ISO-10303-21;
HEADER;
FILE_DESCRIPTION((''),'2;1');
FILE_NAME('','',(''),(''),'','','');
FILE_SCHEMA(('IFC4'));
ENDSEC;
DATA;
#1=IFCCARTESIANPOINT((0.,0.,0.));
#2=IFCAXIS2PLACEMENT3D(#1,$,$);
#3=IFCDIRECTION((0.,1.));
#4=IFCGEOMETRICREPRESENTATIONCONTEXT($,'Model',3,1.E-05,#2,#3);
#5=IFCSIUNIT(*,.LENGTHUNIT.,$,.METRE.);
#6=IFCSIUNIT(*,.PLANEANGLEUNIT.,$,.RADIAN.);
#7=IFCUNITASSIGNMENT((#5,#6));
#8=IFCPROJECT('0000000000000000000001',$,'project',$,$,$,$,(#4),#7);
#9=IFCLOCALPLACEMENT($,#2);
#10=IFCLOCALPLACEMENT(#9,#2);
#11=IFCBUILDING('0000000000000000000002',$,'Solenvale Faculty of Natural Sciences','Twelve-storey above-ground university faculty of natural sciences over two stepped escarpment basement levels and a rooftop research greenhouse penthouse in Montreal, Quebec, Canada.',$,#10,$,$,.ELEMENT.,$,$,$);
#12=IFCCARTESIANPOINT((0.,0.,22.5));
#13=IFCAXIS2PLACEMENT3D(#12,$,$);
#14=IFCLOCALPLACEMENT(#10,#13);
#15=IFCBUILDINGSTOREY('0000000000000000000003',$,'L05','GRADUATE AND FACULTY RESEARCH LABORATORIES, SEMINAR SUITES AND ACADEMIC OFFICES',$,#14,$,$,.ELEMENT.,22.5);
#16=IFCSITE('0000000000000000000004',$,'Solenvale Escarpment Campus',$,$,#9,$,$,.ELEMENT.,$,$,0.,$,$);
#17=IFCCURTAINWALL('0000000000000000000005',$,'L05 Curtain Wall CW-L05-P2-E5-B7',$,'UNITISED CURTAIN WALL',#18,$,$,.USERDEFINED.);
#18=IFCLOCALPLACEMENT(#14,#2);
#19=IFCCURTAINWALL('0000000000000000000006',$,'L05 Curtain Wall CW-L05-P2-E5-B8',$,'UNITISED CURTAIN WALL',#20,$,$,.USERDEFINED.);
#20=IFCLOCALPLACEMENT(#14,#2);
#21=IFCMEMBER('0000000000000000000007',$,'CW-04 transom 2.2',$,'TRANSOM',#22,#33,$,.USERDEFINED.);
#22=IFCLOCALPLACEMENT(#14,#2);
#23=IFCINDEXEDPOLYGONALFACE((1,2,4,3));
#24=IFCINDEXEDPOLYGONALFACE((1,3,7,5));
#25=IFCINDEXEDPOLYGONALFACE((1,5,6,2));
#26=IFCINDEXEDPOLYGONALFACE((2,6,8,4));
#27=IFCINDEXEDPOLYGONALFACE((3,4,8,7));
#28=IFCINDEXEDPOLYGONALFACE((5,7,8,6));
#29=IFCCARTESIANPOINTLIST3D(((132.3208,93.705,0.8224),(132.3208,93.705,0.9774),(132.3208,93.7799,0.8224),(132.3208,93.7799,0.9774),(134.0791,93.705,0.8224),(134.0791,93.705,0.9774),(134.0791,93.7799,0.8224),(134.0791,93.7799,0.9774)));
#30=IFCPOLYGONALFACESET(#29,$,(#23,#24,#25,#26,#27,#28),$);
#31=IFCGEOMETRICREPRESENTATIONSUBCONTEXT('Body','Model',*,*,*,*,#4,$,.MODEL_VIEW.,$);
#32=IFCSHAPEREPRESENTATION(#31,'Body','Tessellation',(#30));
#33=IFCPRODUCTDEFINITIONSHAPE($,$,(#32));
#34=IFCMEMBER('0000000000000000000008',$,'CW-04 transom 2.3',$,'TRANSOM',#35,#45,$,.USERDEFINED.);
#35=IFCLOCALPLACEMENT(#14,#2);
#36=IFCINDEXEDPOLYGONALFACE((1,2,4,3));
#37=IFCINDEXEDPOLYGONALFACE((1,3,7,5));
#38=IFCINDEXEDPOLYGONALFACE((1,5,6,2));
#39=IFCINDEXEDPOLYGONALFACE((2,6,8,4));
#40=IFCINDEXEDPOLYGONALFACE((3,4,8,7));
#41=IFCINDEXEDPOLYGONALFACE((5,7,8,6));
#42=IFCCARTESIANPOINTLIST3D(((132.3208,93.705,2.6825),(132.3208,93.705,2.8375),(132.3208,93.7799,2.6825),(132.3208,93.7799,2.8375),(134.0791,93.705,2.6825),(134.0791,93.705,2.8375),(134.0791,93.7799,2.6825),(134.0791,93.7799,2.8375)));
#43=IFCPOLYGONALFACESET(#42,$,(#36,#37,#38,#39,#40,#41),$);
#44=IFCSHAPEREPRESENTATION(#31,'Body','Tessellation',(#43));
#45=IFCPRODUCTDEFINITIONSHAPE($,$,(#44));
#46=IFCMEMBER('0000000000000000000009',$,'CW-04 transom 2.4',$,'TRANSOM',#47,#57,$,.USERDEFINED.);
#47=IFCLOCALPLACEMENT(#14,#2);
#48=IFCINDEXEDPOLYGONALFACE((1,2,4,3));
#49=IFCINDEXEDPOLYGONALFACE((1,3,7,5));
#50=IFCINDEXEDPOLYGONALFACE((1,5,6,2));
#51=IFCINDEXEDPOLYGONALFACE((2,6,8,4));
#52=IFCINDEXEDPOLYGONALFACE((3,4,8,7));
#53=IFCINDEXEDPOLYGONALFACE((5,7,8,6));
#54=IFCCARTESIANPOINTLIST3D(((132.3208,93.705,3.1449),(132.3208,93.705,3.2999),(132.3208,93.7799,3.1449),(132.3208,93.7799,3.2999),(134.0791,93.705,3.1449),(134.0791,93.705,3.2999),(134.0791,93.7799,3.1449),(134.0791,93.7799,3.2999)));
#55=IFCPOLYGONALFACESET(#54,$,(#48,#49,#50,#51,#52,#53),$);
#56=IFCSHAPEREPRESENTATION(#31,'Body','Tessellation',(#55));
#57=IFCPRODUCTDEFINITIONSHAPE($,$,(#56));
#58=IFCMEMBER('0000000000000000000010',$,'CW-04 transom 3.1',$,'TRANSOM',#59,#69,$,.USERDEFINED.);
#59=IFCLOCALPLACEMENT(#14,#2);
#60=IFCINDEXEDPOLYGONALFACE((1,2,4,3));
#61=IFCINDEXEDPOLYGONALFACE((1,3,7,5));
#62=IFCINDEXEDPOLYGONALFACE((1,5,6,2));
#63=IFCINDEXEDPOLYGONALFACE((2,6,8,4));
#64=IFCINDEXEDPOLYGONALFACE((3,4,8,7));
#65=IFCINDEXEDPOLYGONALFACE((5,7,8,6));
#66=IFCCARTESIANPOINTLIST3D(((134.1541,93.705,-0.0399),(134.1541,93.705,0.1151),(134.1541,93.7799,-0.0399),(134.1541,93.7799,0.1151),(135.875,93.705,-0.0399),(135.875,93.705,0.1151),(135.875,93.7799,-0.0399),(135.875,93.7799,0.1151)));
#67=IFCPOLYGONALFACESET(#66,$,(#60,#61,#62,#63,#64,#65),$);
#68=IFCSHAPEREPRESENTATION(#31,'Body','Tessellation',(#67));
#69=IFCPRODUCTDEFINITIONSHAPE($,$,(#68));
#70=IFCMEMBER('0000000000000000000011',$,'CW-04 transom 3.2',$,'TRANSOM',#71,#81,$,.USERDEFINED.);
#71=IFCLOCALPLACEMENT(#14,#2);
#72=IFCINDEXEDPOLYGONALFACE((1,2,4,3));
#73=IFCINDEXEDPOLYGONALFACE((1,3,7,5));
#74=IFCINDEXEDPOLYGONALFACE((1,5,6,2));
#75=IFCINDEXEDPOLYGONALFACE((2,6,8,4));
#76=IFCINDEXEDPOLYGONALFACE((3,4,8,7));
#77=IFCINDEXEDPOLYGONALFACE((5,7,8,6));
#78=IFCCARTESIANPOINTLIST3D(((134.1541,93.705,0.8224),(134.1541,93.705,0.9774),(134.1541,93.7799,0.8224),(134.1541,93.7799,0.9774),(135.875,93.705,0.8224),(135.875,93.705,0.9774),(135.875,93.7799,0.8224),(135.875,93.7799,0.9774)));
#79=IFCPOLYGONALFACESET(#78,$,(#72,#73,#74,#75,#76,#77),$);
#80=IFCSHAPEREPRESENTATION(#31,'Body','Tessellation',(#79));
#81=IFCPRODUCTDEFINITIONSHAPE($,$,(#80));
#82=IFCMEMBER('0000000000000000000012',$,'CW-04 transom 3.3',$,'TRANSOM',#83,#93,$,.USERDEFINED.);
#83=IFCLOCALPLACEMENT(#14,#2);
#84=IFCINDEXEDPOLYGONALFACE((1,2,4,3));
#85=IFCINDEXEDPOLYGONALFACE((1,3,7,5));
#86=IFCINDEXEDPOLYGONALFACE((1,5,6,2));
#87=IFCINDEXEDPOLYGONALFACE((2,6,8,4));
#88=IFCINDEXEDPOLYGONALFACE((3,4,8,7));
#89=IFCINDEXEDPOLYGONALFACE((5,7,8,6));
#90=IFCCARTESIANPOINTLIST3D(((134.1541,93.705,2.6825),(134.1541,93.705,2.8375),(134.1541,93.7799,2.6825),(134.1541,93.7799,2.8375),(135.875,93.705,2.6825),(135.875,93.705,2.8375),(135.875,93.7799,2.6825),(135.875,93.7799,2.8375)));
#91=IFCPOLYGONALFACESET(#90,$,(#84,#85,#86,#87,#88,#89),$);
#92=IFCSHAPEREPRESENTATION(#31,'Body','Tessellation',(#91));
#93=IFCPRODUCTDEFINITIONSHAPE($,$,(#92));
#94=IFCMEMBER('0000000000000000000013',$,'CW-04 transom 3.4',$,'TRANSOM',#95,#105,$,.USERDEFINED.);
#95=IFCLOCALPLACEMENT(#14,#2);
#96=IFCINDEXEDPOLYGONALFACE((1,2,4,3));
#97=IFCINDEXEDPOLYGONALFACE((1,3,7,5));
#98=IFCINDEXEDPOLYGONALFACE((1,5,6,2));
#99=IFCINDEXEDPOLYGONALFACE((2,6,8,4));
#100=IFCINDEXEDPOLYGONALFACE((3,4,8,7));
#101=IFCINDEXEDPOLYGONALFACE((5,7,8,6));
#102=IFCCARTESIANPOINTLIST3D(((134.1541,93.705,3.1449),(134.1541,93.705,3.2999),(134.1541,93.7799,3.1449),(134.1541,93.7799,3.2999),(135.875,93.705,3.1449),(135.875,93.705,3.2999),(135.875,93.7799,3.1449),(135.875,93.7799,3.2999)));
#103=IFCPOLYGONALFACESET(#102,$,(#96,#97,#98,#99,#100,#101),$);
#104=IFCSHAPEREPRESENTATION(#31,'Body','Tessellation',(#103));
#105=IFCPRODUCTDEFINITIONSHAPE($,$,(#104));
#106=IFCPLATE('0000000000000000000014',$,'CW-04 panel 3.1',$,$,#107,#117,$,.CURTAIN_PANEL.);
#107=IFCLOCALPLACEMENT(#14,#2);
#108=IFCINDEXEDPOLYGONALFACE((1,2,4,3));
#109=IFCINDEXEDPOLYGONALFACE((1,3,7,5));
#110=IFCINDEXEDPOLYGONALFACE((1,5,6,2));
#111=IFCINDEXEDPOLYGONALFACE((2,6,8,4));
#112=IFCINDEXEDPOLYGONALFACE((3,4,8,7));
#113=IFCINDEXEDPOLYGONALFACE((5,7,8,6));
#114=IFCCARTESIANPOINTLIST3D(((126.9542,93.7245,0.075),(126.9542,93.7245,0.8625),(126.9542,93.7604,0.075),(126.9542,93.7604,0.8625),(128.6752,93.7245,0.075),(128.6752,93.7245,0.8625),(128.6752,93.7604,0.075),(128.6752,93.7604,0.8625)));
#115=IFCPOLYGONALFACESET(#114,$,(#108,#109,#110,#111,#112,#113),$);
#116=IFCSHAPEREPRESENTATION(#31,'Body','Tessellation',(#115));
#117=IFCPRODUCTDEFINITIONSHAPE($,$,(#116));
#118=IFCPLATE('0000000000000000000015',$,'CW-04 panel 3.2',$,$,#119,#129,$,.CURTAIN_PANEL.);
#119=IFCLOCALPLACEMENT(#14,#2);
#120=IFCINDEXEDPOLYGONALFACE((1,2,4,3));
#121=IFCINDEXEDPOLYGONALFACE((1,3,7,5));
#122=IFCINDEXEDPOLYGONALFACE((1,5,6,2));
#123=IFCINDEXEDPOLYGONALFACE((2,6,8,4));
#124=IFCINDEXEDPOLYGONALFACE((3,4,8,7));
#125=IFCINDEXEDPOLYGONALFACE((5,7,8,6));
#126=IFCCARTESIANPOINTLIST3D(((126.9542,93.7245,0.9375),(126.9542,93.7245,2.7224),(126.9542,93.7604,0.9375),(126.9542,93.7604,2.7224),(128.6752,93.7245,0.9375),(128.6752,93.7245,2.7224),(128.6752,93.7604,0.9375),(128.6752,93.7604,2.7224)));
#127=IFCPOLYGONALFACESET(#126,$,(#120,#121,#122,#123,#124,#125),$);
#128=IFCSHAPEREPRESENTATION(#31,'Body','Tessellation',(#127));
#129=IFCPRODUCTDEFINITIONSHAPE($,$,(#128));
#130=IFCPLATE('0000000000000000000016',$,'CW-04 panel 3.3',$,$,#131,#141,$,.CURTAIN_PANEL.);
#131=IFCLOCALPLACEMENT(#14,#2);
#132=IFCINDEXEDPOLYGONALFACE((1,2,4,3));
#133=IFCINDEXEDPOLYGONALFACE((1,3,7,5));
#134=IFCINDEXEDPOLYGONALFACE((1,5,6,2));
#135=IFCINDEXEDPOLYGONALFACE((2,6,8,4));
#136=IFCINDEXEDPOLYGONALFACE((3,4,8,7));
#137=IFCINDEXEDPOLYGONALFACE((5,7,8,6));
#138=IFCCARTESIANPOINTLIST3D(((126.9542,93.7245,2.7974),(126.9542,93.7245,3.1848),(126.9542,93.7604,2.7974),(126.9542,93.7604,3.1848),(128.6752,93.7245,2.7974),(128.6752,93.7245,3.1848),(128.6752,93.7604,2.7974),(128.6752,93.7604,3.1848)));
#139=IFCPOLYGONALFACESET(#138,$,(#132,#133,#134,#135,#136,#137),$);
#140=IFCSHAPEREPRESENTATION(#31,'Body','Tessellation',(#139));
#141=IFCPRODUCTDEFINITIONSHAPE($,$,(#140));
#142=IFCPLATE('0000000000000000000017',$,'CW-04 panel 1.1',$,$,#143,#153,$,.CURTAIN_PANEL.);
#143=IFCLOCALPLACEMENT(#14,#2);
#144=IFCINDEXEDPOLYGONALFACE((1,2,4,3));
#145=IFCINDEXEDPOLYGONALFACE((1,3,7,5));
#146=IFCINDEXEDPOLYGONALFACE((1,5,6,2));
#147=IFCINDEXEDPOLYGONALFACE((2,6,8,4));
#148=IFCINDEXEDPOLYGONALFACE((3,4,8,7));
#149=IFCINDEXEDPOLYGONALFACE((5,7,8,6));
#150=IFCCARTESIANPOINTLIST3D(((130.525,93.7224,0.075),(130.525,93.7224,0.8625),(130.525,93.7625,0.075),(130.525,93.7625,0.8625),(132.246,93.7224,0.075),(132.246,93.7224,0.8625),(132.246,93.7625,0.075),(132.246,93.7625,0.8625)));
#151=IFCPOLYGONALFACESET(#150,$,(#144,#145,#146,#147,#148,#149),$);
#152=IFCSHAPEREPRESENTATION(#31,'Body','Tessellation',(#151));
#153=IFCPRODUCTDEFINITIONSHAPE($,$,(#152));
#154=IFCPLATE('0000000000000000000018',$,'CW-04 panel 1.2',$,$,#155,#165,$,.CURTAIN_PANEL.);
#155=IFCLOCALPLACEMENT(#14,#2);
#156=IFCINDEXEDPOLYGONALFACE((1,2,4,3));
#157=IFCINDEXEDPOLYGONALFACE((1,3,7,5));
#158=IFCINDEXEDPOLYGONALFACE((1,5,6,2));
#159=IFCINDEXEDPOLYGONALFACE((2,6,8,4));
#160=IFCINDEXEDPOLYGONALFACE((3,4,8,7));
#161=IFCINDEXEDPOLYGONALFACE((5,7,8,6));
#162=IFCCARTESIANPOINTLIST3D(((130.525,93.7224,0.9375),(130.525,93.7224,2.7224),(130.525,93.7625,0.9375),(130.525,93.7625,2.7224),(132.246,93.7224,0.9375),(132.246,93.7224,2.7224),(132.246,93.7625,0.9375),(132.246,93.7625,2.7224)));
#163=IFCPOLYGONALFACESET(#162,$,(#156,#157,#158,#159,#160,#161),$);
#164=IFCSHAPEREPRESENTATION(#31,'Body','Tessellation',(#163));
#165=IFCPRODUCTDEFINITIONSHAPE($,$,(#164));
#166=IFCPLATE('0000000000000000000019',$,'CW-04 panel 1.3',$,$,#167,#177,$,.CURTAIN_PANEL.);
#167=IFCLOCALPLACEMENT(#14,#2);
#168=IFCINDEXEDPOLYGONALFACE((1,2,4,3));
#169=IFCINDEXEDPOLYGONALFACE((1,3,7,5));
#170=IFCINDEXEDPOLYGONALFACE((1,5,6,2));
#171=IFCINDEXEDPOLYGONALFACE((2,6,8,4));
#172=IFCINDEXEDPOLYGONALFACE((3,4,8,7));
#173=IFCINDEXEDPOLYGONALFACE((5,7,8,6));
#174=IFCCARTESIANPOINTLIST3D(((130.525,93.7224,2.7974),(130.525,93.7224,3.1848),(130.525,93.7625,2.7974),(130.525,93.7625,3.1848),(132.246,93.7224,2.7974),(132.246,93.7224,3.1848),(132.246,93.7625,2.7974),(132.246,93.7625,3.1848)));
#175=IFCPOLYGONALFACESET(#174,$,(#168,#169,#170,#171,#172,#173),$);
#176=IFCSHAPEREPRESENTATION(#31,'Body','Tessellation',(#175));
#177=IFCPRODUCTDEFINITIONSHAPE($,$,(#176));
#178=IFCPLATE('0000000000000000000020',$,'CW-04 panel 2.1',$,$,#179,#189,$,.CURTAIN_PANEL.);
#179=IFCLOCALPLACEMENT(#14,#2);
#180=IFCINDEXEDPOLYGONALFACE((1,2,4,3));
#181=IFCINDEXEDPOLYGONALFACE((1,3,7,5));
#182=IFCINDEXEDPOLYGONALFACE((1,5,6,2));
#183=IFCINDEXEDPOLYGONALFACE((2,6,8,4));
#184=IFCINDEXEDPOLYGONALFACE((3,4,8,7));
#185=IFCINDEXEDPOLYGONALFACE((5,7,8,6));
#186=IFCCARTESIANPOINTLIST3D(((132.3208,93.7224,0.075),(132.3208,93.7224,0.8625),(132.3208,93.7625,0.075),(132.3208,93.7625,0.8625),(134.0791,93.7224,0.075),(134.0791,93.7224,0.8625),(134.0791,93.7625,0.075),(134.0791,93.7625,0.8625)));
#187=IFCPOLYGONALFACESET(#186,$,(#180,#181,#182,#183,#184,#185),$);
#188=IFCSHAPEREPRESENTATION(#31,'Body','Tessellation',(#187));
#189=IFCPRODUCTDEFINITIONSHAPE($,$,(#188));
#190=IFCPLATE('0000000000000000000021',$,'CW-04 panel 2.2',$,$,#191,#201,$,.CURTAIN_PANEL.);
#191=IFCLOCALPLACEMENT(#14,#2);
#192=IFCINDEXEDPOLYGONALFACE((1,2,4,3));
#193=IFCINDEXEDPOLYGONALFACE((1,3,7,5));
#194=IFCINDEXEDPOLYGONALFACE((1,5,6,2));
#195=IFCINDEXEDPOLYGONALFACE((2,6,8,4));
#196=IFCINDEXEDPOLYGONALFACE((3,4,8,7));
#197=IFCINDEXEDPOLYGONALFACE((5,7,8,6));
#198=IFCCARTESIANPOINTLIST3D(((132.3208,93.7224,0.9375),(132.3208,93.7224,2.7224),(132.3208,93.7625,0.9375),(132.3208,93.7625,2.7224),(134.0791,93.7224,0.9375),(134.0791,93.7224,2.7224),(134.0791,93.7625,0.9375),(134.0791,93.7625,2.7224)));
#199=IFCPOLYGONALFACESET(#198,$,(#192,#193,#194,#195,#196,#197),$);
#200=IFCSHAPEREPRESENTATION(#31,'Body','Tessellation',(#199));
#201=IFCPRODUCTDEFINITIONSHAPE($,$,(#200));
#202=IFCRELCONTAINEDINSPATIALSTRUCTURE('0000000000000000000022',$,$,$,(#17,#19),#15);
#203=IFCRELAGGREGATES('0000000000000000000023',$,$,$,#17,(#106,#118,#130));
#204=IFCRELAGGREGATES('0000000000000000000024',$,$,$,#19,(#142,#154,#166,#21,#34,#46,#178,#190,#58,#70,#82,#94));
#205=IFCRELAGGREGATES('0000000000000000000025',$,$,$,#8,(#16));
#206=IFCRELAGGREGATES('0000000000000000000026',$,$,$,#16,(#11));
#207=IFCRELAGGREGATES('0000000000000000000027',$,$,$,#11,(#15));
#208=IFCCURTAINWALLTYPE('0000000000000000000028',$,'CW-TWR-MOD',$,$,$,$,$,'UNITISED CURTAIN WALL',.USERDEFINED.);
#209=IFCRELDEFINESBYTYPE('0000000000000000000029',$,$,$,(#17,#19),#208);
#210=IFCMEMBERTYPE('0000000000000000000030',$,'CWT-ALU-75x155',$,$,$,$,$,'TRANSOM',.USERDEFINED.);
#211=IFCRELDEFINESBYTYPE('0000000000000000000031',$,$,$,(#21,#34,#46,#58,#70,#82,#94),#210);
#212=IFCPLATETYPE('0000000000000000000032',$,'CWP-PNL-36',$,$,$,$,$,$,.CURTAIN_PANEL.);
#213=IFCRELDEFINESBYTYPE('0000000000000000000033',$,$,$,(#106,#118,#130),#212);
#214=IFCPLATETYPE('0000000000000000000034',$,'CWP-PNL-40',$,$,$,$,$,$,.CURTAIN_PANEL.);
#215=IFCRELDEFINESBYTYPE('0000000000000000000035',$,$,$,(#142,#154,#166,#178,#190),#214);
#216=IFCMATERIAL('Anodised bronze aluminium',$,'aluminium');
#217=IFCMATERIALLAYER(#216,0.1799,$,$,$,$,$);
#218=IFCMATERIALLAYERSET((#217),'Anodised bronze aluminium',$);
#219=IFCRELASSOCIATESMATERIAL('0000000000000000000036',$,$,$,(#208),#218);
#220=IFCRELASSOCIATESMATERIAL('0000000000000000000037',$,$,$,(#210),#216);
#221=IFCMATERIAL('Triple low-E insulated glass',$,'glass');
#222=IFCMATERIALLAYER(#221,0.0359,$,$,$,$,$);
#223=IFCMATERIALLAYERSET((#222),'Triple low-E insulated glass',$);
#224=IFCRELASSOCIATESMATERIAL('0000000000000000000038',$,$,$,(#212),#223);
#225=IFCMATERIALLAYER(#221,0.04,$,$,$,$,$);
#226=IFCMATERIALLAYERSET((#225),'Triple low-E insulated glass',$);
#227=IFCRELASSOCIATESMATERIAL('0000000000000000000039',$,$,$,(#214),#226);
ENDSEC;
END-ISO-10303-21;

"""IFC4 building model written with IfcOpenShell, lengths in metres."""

from ifc_helpers import new_model, si_unit, direction, frame, origin, origin_2d, place, context, subcontext, project, spatial, rectangle, extrude, material, layer, layer_set, material_profile, profile_set, type_object, element, aggregate, save


model = new_model("IFC4")

# Units and contexts
model_context = context("Model", 3, precision=1e-05, world=origin(), true_north=direction((0.0, 1.0)))
body_context = subcontext(model_context, "Body", "Model", "MODEL_VIEW")
ifc_project = project(units=[si_unit("LENGTHUNIT", "METRE"), si_unit("PLANEANGLEUNIT", "RADIAN")], contexts=[model_context])

# Site, building, storey
site_placement = place(None, origin())
site = spatial("IfcSite", under=ifc_project, at=site_placement, Name="Solenvale Escarpment Campus", CompositionType="ELEMENT", RefElevation=0.0)
building_placement = place(site_placement, origin())
building = spatial("IfcBuilding", under=site, at=building_placement, Name="Solenvale Faculty of Natural Sciences", Description="Twelve-storey above-ground university faculty of natural sciences over two stepped escarpment basement levels and a rooftop research greenhouse penthouse in Montreal, Quebec, Canada.", CompositionType="ELEMENT")
storey_placement = place(building_placement, frame((0.0, 0.0, 22.5)))
storey = spatial("IfcBuildingStorey", under=building, at=storey_placement, Name="L05", Description="GRADUATE AND FACULTY RESEARCH LABORATORIES, SEMINAR SUITES AND ACADEMIC OFFICES", CompositionType="ELEMENT", Elevation=22.5)

# Curtain walls
ifc_material_1 = material(Name="Anodised bronze aluminium", Category="aluminium")
ifc_layer_1 = layer(ifc_material_1, 0.1799)
ifc_layer_set_1 = layer_set([ifc_layer_1], Name="Anodised bronze aluminium")
curtain_wall_type = type_object("IfcCurtainWallType", Name="CW-TWR-MOD", ElementType="UNITISED CURTAIN WALL", PredefinedType="USERDEFINED", material=ifc_layer_set_1)
curtain_wall_1_placement = place(storey_placement, origin())
curtain_wall_1 = element("IfcCurtainWall", 1, at=curtain_wall_1_placement, inside=storey, type_object=curtain_wall_type, Name="L05 Curtain Wall CW-L05-P2-E5-B7", ObjectType="UNITISED CURTAIN WALL", PredefinedType="USERDEFINED")
curtain_wall_2_placement = place(storey_placement, origin())
curtain_wall_2 = element("IfcCurtainWall", 2, at=curtain_wall_2_placement, inside=storey, type_object=curtain_wall_type, Name="L05 Curtain Wall CW-L05-P2-E5-B8", ObjectType="UNITISED CURTAIN WALL", PredefinedType="USERDEFINED")

# Members
ifc_material_profile_1 = material_profile(ifc_material_1, rectangle(XDim=0.075, YDim=0.155, at=origin_2d()), Name="ALU-TRN-75x155")
ifc_profile_set_1 = profile_set([ifc_material_profile_1], Name="Anodised bronze aluminium")
member_type_1 = type_object("IfcMemberType", Name="CWT-ALU-75x155", ElementType="TRANSOM", PredefinedType="USERDEFINED", material=ifc_profile_set_1)
member_1_placement = place(storey_placement, frame((132.3208, 93.7424, 0.8999), z_axis=(1.0, 0.0, 0.0), x_axis=(0.0, 1.0, 0.0)))
member_1 = element("IfcMember", 3, at=member_1_placement, type_object=member_type_1, Name="CW-04 transom 2.2", ObjectType="TRANSOM", PredefinedType="USERDEFINED", context=body_context, shape_type="SweptSolid", body=[
    extrude(rectangle(XDim=0.075, YDim=0.155, at=origin_2d()), origin(), (0.0, 0.0, 1.0), 1.7583),
])
member_2_placement = place(storey_placement, frame((132.3208, 93.7424, 2.76), z_axis=(1.0, 0.0, 0.0), x_axis=(0.0, 1.0, 0.0)))
member_2 = element("IfcMember", 4, at=member_2_placement, type_object=member_type_1, Name="CW-04 transom 2.3", ObjectType="TRANSOM", PredefinedType="USERDEFINED", context=body_context, shape_type="SweptSolid", body=[
    extrude(rectangle(XDim=0.075, YDim=0.155, at=origin_2d()), origin(), (0.0, 0.0, 1.0), 1.7583),
])
member_3_placement = place(storey_placement, frame((132.3208, 93.7424, 3.2224), z_axis=(1.0, 0.0, 0.0), x_axis=(0.0, 1.0, 0.0)))
member_3 = element("IfcMember", 5, at=member_3_placement, type_object=member_type_1, Name="CW-04 transom 2.4", ObjectType="TRANSOM", PredefinedType="USERDEFINED", context=body_context, shape_type="SweptSolid", body=[
    extrude(rectangle(XDim=0.075, YDim=0.155, at=origin_2d()), origin(), (0.0, 0.0, 1.0), 1.7583),
])
member_4_placement = place(storey_placement, frame((134.1541, 93.7424, 0.0376), z_axis=(1.0, 0.0, 0.0), x_axis=(0.0, 1.0, 0.0)))
member_4 = element("IfcMember", 6, at=member_4_placement, type_object=member_type_1, Name="CW-04 transom 3.1", ObjectType="TRANSOM", PredefinedType="USERDEFINED", context=body_context, shape_type="SweptSolid", body=[
    extrude(rectangle(XDim=0.075, YDim=0.155, at=origin_2d()), origin(), (0.0, 0.0, 1.0), 1.7209),
])
member_5_placement = place(storey_placement, frame((134.1541, 93.7424, 0.8999), z_axis=(1.0, 0.0, 0.0), x_axis=(0.0, 1.0, 0.0)))
member_5 = element("IfcMember", 7, at=member_5_placement, type_object=member_type_1, Name="CW-04 transom 3.2", ObjectType="TRANSOM", PredefinedType="USERDEFINED", context=body_context, shape_type="SweptSolid", body=[
    extrude(rectangle(XDim=0.075, YDim=0.155, at=origin_2d()), origin(), (0.0, 0.0, 1.0), 1.7209),
])
member_6_placement = place(storey_placement, frame((134.1541, 93.7424, 2.76), z_axis=(1.0, 0.0, 0.0), x_axis=(0.0, 1.0, 0.0)))
member_6 = element("IfcMember", 8, at=member_6_placement, type_object=member_type_1, Name="CW-04 transom 3.3", ObjectType="TRANSOM", PredefinedType="USERDEFINED", context=body_context, shape_type="SweptSolid", body=[
    extrude(rectangle(XDim=0.075, YDim=0.155, at=origin_2d()), origin(), (0.0, 0.0, 1.0), 1.7209),
])
member_7_placement = place(storey_placement, frame((134.1541, 93.7424, 3.2224), z_axis=(1.0, 0.0, 0.0), x_axis=(0.0, 1.0, 0.0)))
member_7 = element("IfcMember", 9, at=member_7_placement, type_object=member_type_1, Name="CW-04 transom 3.4", ObjectType="TRANSOM", PredefinedType="USERDEFINED", context=body_context, shape_type="SweptSolid", body=[
    extrude(rectangle(XDim=0.075, YDim=0.155, at=origin_2d()), origin(), (0.0, 0.0, 1.0), 1.7209),
])

# Plates
ifc_material_2 = material(Name="Triple low-E insulated glass", Category="glass")
ifc_layer_2 = layer(ifc_material_2, 0.0359)
ifc_layer_set_2 = layer_set([ifc_layer_2], Name="Triple low-E insulated glass")
plate_type_1 = type_object("IfcPlateType", Name="CWP-PNL-36", PredefinedType="CURTAIN_PANEL", material=ifc_layer_set_2)
plate_1_placement = place(storey_placement, frame((127.8147, 93.7424, 0.075), z_axis=(0.0, 0.0, 1.0), x_axis=(1.0, 0.0, 0.0)))
plate_1 = element("IfcPlate", 10, at=plate_1_placement, type_object=plate_type_1, Name="CW-04 panel 3.1", PredefinedType="CURTAIN_PANEL", context=body_context, shape_type="SweptSolid", body=[
    extrude(rectangle(XDim=1.7209, YDim=0.0359, at=origin_2d()), origin(), (0.0, 0.0, 1.0), 0.7876),
])
plate_2_placement = place(storey_placement, frame((127.8147, 93.7424, 0.9375), z_axis=(0.0, 0.0, 1.0), x_axis=(1.0, 0.0, 0.0)))
plate_2 = element("IfcPlate", 11, at=plate_2_placement, type_object=plate_type_1, Name="CW-04 panel 3.2", PredefinedType="CURTAIN_PANEL", context=body_context, shape_type="SweptSolid", body=[
    extrude(rectangle(XDim=1.7209, YDim=0.0359, at=origin_2d()), origin(), (0.0, 0.0, 1.0), 1.7849),
])
plate_3_placement = place(storey_placement, frame((127.8147, 93.7424, 2.7974), z_axis=(0.0, 0.0, 1.0), x_axis=(1.0, 0.0, 0.0)))
plate_3 = element("IfcPlate", 12, at=plate_3_placement, type_object=plate_type_1, Name="CW-04 panel 3.3", PredefinedType="CURTAIN_PANEL", context=body_context, shape_type="SweptSolid", body=[
    extrude(rectangle(XDim=1.7209, YDim=0.0359, at=origin_2d()), origin(), (0.0, 0.0, 1.0), 0.3875),
])
aggregate(curtain_wall_1, [plate_1, plate_2, plate_3])
ifc_layer_3 = layer(ifc_material_2, 0.04)
ifc_layer_set_3 = layer_set([ifc_layer_3], Name="Triple low-E insulated glass")
plate_type_2 = type_object("IfcPlateType", Name="CWP-PNL-40", PredefinedType="CURTAIN_PANEL", material=ifc_layer_set_3)
plate_4_placement = place(storey_placement, frame((131.3855, 93.7424, 0.075), z_axis=(0.0, 0.0, 1.0), x_axis=(1.0, 0.0, 0.0)))
plate_4 = element("IfcPlate", 13, at=plate_4_placement, type_object=plate_type_2, Name="CW-04 panel 1.1", PredefinedType="CURTAIN_PANEL", context=body_context, shape_type="SweptSolid", body=[
    extrude(rectangle(XDim=1.7209, YDim=0.04, at=origin_2d()), origin(), (0.0, 0.0, 1.0), 0.7876),
])
plate_5_placement = place(storey_placement, frame((131.3855, 93.7424, 0.9375), z_axis=(0.0, 0.0, 1.0), x_axis=(1.0, 0.0, 0.0)))
plate_5 = element("IfcPlate", 14, at=plate_5_placement, type_object=plate_type_2, Name="CW-04 panel 1.2", PredefinedType="CURTAIN_PANEL", context=body_context, shape_type="SweptSolid", body=[
    extrude(rectangle(XDim=1.7209, YDim=0.04, at=origin_2d()), origin(), (0.0, 0.0, 1.0), 1.7849),
])
plate_6_placement = place(storey_placement, frame((131.3855, 93.7424, 2.7974), z_axis=(0.0, 0.0, 1.0), x_axis=(1.0, 0.0, 0.0)))
plate_6 = element("IfcPlate", 15, at=plate_6_placement, type_object=plate_type_2, Name="CW-04 panel 1.3", PredefinedType="CURTAIN_PANEL", context=body_context, shape_type="SweptSolid", body=[
    extrude(rectangle(XDim=1.7209, YDim=0.04, at=origin_2d()), origin(), (0.0, 0.0, 1.0), 0.3875),
])
plate_7_placement = place(storey_placement, frame((133.2, 93.7424, 0.075), z_axis=(0.0, 0.0, 1.0), x_axis=(1.0, 0.0, 0.0)))
plate_7 = element("IfcPlate", 16, at=plate_7_placement, type_object=plate_type_2, Name="CW-04 panel 2.1", PredefinedType="CURTAIN_PANEL", context=body_context, shape_type="SweptSolid", body=[
    extrude(rectangle(XDim=1.7583, YDim=0.04, at=origin_2d()), origin(), (0.0, 0.0, 1.0), 0.7876),
])
plate_8_placement = place(storey_placement, frame((133.2, 93.7424, 0.9375), z_axis=(0.0, 0.0, 1.0), x_axis=(1.0, 0.0, 0.0)))
plate_8 = element("IfcPlate", 17, at=plate_8_placement, type_object=plate_type_2, Name="CW-04 panel 2.2", PredefinedType="CURTAIN_PANEL", context=body_context, shape_type="SweptSolid", body=[
    extrude(rectangle(XDim=1.7583, YDim=0.04, at=origin_2d()), origin(), (0.0, 0.0, 1.0), 1.7849),
])
aggregate(curtain_wall_2, [plate_4, plate_5, plate_6, member_1, member_2, member_3, plate_7, plate_8, member_4, member_5, member_6, member_7])

save(model, "model.ifc")
